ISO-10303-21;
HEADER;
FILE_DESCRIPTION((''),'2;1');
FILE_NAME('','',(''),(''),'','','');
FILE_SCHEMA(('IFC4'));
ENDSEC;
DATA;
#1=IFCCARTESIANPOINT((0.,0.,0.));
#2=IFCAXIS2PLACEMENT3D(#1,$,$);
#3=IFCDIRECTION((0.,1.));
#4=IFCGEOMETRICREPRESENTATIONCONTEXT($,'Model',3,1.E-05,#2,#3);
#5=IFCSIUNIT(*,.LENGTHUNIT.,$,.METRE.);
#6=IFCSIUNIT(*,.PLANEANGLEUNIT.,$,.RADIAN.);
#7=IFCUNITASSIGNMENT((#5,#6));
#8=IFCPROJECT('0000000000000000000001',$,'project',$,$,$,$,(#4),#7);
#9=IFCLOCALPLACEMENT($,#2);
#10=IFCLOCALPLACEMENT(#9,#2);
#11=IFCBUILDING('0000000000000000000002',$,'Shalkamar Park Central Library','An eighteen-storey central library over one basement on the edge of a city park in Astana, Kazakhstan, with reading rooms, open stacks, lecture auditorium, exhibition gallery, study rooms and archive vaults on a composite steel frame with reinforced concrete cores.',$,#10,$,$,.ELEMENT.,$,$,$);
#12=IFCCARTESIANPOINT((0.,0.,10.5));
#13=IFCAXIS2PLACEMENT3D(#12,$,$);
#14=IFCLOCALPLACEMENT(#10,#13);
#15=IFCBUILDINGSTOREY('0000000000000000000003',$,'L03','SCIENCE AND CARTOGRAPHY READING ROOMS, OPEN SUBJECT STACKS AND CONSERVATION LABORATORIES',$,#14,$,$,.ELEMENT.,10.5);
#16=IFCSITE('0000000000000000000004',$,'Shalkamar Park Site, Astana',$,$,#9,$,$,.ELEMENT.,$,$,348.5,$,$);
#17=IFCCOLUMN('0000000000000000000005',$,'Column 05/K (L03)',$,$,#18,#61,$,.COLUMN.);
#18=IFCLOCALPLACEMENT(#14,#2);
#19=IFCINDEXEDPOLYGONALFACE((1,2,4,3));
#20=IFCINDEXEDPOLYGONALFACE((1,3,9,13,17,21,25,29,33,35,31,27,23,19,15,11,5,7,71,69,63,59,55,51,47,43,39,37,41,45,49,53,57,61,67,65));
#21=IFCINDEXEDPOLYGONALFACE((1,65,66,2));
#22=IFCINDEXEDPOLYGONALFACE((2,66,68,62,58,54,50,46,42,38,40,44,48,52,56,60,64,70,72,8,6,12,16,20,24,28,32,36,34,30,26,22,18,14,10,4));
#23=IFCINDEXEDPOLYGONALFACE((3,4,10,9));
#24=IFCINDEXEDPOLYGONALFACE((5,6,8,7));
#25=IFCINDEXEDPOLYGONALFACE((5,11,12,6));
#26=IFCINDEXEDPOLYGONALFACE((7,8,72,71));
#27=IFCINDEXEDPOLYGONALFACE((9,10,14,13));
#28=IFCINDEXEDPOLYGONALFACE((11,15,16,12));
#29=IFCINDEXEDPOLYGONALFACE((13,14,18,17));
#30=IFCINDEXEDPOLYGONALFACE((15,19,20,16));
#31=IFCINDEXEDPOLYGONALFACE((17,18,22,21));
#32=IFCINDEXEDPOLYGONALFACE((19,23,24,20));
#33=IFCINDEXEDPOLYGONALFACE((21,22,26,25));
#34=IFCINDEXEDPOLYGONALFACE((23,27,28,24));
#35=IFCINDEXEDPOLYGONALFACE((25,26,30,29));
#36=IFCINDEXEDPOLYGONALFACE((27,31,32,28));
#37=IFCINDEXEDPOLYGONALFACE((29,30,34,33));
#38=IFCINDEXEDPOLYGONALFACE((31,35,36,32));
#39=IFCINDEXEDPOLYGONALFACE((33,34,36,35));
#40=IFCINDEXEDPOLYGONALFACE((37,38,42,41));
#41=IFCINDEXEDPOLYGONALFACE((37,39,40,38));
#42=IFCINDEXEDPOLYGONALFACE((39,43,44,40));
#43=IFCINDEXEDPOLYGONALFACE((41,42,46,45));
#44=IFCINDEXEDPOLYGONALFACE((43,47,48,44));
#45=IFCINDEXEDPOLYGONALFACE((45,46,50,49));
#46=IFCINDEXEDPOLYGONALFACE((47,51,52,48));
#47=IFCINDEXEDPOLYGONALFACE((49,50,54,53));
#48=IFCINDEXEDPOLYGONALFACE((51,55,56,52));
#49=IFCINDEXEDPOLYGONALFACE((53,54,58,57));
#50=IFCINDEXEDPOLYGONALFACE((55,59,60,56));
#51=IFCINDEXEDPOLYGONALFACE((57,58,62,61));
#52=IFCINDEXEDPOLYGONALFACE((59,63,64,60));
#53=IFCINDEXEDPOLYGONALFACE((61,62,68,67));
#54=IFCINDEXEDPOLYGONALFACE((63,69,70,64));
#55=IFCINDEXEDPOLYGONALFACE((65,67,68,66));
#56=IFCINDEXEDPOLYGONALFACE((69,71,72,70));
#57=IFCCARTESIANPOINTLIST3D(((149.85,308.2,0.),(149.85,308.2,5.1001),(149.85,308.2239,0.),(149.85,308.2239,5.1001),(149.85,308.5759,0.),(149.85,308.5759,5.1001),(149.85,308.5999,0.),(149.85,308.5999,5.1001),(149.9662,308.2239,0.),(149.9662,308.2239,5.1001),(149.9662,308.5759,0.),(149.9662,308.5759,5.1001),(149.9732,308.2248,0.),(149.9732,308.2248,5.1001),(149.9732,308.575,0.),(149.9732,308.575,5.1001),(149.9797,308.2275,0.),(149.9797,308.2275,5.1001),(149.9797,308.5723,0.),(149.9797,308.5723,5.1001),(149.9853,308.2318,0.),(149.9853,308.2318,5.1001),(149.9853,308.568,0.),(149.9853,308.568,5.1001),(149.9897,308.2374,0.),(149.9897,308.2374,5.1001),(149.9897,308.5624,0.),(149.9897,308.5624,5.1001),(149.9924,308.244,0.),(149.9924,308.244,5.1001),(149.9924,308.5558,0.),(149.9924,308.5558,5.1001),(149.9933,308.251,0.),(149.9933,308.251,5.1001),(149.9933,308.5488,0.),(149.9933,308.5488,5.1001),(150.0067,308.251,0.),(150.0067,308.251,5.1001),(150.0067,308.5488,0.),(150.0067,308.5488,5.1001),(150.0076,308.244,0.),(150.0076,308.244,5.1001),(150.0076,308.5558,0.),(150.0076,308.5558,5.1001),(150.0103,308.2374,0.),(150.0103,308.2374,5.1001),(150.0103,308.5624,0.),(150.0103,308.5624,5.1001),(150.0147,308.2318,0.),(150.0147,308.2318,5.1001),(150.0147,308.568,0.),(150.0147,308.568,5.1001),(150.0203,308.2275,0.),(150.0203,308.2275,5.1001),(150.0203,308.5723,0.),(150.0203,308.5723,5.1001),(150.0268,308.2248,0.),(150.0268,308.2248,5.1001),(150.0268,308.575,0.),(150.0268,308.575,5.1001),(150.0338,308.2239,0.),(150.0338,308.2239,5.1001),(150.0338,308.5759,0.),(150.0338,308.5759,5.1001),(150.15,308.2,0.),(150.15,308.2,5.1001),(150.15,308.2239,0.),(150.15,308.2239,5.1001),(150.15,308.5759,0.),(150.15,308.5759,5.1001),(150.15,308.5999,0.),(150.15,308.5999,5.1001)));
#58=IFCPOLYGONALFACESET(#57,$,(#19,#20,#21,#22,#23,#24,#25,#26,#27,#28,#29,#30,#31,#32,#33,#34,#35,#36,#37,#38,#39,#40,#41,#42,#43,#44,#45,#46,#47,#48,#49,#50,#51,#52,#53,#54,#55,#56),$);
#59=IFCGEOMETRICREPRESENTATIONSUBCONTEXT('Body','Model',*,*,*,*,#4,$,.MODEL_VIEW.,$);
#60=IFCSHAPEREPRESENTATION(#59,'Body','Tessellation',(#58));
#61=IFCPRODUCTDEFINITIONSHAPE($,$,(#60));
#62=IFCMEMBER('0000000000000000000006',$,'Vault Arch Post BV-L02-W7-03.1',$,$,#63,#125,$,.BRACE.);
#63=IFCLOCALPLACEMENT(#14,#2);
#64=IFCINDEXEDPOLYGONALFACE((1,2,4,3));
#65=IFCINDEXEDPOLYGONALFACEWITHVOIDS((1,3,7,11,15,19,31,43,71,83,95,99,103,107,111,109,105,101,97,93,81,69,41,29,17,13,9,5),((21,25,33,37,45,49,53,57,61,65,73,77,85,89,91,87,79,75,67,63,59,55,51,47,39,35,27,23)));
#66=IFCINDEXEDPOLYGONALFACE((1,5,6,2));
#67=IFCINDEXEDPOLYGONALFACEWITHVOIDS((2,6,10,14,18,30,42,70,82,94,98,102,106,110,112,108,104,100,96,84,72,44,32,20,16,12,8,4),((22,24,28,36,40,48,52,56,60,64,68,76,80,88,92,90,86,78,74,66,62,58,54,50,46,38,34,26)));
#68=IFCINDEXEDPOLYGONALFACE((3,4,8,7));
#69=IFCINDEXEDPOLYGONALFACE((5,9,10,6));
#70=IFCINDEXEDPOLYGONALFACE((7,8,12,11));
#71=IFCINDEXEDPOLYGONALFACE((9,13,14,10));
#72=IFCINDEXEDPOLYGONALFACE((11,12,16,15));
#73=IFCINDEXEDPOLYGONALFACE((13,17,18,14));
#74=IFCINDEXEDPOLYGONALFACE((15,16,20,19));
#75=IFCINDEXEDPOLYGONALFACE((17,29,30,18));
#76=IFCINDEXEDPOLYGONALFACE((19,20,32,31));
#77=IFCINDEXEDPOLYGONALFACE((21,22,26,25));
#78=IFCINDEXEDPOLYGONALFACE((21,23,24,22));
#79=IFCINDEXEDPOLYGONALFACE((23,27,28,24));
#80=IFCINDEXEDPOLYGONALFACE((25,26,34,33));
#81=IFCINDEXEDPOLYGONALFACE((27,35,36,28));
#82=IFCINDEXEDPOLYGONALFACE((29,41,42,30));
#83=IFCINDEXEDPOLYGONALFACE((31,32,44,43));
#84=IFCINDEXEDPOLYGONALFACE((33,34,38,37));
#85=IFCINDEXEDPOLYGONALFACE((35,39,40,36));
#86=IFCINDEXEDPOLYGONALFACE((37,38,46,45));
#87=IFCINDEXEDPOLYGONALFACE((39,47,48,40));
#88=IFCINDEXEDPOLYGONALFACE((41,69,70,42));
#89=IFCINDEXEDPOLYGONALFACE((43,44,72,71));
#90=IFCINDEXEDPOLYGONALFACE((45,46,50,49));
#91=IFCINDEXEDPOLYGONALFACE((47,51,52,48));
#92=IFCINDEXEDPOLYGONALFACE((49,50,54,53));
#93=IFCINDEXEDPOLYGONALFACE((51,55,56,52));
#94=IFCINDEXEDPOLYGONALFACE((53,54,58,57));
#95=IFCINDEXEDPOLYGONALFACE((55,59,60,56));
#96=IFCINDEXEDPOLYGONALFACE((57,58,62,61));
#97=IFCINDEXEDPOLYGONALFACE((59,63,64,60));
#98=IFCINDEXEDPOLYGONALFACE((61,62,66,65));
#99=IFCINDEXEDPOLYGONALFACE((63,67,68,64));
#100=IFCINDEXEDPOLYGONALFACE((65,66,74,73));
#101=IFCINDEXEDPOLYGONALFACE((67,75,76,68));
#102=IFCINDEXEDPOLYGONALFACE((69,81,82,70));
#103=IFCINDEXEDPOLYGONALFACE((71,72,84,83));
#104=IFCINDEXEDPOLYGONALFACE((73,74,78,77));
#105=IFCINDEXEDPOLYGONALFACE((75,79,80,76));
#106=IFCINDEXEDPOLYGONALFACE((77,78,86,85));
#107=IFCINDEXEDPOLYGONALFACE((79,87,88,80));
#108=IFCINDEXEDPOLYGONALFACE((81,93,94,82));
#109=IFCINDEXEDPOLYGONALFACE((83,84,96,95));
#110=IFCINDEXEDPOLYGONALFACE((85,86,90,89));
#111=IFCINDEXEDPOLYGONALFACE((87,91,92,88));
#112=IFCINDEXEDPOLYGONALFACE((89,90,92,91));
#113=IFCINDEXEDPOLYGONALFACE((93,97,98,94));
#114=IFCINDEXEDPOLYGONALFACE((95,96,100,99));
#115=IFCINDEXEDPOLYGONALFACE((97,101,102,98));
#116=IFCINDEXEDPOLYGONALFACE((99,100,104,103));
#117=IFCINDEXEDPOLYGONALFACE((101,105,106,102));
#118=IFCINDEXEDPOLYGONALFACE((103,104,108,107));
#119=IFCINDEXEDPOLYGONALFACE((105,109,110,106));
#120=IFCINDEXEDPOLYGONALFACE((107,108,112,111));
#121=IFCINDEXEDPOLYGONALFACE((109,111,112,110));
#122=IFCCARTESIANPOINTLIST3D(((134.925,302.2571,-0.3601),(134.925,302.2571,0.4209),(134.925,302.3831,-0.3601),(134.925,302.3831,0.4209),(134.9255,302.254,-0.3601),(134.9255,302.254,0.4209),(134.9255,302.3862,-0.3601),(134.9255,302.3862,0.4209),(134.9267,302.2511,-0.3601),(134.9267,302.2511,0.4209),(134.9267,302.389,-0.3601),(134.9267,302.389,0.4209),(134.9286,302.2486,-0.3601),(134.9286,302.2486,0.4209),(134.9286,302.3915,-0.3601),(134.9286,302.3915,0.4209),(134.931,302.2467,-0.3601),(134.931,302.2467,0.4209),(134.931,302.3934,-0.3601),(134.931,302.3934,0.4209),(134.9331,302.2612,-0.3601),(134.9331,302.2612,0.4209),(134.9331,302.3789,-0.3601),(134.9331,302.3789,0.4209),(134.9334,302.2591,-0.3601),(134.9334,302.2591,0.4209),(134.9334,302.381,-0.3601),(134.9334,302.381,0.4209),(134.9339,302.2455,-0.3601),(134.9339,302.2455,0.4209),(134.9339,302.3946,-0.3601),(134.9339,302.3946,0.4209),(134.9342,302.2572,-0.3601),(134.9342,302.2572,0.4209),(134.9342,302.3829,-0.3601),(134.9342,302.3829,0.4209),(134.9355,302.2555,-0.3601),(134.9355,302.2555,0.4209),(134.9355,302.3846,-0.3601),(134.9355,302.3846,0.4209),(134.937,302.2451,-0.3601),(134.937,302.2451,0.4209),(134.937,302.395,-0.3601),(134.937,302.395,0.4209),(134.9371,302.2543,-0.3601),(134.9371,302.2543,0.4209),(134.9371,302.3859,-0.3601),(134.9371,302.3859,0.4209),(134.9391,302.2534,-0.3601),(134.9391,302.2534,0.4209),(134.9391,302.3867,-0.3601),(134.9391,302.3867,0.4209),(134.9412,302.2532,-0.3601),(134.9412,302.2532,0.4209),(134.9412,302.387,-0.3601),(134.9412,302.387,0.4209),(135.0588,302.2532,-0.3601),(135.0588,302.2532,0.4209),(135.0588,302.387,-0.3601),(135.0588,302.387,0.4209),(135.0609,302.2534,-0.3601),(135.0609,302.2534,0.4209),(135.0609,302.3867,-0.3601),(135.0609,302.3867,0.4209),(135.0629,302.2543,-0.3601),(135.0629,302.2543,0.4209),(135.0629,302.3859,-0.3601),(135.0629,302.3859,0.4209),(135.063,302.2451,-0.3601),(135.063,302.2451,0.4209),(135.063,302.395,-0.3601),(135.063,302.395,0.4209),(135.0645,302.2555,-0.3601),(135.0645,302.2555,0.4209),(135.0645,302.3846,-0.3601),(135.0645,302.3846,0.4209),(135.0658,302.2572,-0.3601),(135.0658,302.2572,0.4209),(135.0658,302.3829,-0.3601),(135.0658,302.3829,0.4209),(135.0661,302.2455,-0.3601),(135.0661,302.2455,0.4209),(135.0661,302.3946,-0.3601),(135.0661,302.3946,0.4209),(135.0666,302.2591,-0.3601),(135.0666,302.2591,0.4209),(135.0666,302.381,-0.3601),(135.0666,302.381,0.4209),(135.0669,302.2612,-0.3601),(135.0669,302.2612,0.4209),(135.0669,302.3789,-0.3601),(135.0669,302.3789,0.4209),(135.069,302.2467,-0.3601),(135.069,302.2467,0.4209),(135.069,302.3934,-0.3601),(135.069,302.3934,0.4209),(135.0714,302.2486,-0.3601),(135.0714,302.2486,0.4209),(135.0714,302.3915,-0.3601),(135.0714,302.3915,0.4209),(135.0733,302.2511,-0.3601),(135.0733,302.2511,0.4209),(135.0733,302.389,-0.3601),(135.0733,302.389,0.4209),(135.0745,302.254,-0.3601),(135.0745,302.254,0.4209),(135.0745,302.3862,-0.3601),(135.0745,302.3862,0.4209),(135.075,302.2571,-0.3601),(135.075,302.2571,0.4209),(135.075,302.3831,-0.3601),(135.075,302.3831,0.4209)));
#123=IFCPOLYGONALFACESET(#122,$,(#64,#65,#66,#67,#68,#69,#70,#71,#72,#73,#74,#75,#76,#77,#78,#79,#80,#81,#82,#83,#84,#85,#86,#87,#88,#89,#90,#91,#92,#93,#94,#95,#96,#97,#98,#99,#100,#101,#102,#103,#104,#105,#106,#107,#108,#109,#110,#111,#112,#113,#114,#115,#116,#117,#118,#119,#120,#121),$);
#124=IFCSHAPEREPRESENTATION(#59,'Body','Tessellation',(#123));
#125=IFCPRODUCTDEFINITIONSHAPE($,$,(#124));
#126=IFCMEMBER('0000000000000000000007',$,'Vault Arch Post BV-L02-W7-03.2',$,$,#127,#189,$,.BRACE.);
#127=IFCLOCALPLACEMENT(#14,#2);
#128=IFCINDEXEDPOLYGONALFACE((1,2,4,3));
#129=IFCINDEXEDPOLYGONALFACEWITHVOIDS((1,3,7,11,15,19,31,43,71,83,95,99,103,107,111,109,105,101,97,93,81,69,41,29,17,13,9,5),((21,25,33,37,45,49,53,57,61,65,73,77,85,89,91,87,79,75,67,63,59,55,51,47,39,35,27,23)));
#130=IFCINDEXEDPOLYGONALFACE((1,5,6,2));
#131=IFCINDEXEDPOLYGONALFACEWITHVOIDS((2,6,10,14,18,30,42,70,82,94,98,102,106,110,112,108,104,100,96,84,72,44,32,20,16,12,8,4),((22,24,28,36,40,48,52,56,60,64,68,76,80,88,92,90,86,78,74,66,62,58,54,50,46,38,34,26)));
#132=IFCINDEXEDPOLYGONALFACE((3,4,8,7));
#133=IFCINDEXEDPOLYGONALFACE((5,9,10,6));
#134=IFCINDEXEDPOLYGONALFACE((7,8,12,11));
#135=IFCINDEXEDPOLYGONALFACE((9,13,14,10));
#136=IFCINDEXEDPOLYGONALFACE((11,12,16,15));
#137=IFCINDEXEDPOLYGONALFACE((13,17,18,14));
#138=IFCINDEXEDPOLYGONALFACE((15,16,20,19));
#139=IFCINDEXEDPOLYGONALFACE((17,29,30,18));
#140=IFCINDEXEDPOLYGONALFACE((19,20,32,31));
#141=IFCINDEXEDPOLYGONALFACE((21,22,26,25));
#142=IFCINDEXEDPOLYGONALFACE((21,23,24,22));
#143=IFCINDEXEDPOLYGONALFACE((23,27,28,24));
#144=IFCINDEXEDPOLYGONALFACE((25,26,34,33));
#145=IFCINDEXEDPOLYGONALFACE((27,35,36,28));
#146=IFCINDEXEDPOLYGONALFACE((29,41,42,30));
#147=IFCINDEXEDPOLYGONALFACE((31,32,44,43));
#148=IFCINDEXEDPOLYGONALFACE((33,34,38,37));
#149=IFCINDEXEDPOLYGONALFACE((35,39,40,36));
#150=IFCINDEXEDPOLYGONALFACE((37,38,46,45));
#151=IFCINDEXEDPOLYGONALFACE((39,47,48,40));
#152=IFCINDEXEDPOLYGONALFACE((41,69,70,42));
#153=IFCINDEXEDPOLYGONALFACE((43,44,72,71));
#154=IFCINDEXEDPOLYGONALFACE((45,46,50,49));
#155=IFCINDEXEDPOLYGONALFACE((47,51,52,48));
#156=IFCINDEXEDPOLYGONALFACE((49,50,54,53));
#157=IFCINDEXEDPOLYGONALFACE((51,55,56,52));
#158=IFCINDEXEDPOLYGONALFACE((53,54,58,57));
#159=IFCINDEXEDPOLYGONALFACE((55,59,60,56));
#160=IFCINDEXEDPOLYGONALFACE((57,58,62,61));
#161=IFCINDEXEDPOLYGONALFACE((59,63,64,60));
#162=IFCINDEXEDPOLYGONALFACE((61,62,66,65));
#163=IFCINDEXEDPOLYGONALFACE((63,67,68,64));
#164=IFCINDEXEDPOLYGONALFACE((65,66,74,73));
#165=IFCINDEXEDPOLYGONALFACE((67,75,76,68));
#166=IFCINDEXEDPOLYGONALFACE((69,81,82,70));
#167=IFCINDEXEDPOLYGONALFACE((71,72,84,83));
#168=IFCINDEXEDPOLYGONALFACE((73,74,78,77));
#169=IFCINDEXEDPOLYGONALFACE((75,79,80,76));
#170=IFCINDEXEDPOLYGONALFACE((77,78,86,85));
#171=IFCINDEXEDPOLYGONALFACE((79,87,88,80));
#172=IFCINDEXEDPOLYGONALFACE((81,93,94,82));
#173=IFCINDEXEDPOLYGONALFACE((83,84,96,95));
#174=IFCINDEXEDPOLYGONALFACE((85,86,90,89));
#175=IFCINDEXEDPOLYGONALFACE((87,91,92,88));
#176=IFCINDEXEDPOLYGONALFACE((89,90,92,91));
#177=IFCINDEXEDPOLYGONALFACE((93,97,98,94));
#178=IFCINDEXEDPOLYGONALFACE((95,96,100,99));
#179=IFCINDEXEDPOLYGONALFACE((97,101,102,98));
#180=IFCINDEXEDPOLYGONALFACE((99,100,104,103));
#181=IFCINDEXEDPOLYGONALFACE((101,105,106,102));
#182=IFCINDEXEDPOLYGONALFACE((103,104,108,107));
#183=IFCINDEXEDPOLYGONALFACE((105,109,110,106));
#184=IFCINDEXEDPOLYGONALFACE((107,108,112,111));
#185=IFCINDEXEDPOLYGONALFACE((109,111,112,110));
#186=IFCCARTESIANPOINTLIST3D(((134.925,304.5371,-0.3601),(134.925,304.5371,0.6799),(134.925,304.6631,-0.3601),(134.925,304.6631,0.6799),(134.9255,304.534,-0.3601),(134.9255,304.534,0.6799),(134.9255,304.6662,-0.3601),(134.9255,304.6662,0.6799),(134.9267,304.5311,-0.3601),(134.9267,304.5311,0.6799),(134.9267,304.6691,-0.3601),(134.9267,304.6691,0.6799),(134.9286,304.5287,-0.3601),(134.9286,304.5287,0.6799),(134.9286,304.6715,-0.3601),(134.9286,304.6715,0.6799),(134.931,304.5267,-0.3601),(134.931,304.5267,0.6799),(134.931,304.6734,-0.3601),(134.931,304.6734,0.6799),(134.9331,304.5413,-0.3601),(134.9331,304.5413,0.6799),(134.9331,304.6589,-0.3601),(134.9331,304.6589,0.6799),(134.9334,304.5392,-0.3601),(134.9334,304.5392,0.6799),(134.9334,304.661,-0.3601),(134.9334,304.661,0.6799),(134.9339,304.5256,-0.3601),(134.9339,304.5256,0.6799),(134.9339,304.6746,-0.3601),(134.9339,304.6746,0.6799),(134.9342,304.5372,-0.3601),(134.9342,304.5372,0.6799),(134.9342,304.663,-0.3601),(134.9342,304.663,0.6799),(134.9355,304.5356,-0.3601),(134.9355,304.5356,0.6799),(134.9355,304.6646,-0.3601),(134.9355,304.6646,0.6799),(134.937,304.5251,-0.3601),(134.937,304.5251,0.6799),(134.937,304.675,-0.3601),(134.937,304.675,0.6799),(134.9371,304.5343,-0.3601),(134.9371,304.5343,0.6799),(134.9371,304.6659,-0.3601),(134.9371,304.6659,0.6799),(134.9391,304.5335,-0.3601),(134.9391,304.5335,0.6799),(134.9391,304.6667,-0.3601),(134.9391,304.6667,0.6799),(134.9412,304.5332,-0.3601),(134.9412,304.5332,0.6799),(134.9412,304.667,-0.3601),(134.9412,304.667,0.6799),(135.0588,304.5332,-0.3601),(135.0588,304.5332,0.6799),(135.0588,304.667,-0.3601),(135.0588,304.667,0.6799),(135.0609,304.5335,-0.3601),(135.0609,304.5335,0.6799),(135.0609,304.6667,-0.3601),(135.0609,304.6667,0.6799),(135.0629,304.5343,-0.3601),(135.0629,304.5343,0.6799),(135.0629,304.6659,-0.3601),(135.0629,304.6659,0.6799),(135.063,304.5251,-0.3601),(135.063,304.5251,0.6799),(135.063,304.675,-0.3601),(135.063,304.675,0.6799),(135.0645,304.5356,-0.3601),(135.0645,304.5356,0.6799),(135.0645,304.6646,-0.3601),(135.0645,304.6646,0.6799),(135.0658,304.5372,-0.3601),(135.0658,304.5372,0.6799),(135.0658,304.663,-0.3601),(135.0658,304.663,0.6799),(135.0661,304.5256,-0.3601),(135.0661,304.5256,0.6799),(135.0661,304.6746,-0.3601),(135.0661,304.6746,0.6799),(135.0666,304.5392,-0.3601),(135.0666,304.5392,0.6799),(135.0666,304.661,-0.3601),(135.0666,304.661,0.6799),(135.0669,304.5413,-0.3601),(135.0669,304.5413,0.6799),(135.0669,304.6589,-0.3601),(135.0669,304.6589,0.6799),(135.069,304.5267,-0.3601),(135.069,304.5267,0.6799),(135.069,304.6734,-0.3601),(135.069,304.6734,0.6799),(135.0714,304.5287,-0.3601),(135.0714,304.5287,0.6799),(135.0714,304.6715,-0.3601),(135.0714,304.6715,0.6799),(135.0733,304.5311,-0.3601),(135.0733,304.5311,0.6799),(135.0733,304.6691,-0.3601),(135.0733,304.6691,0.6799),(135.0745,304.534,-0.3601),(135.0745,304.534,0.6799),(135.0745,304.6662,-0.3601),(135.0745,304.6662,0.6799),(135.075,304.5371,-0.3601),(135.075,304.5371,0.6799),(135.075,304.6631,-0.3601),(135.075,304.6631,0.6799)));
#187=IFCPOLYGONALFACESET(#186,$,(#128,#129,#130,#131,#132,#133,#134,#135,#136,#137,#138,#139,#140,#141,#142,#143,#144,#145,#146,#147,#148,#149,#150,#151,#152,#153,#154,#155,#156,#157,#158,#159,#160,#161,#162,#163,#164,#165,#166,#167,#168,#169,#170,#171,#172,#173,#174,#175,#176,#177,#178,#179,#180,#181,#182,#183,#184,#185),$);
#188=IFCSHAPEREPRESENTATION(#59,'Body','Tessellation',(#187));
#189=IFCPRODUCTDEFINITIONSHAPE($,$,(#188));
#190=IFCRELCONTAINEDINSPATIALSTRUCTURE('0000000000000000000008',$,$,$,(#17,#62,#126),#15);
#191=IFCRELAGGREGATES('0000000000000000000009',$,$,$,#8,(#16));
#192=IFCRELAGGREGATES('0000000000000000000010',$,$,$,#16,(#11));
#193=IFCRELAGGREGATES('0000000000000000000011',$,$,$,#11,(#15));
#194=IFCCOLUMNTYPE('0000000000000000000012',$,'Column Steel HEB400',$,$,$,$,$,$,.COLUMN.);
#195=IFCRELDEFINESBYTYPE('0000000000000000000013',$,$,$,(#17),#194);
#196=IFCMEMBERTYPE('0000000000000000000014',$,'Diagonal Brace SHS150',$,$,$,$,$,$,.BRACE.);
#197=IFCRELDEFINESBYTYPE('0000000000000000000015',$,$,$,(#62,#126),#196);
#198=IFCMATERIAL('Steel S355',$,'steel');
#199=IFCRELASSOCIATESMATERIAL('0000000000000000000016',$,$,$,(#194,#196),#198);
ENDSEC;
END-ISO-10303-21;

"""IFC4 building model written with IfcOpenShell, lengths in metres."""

from ifc_helpers import new_model, si_unit, direction, frame, origin, origin_2d, place, context, subcontext, project, spatial, hollow_rectangle, i_section, extrude, material, material_profile, profile_set, type_object, element, save


model = new_model("IFC4")

# Units and contexts
model_context = context("Model", 3, precision=1e-05, world=origin(), true_north=direction((0.0, 1.0)))
body_context = subcontext(model_context, "Body", "Model", "MODEL_VIEW")
ifc_project = project(units=[si_unit("LENGTHUNIT", "METRE"), si_unit("PLANEANGLEUNIT", "RADIAN")], contexts=[model_context])

# Site, building, storey
site_placement = place(None, origin())
site = spatial("IfcSite", under=ifc_project, at=site_placement, Name="Shalkamar Park Site, Astana", CompositionType="ELEMENT", RefElevation=348.5)
building_placement = place(site_placement, origin())
building = spatial("IfcBuilding", under=site, at=building_placement, Name="Shalkamar Park Central Library", Description="An eighteen-storey central library over one basement on the edge of a city park in Astana, Kazakhstan, with reading rooms, open stacks, lecture auditorium, exhibition gallery, study rooms and archive vaults on a composite steel frame with reinforced concrete cores.", CompositionType="ELEMENT")
storey_placement = place(building_placement, frame((0.0, 0.0, 10.5)))
storey = spatial("IfcBuildingStorey", under=building, at=storey_placement, Name="L03", Description="SCIENCE AND CARTOGRAPHY READING ROOMS, OPEN SUBJECT STACKS AND CONSERVATION LABORATORIES", CompositionType="ELEMENT", Elevation=10.5)

# Column
ifc_material_1 = material(Name="Steel S355", Category="steel")
ifc_material_profile_1 = material_profile(ifc_material_1, i_section(OverallWidth=0.3, OverallDepth=0.3999, WebThickness=0.0134, FlangeThickness=0.0239, FilletRadius=0.0271, at=origin_2d()), Name="HEB 400")
ifc_profile_set_1 = profile_set([ifc_material_profile_1], Name="Steel S355")
column_type = type_object("IfcColumnType", Name="Column Steel HEB400", PredefinedType="COLUMN", material=ifc_profile_set_1)
column_placement = place(storey_placement, frame((150.0, 308.3999, 0.0), z_axis=(0.0, 0.0, 1.0), x_axis=(1.0, 0.0, 0.0)))
element("IfcColumn", 1, at=column_placement, inside=storey, type_object=column_type, Name="Column 05/K (L03)", PredefinedType="COLUMN", context=body_context, shape_type="SweptSolid", body=[
    extrude(i_section(OverallWidth=0.3, OverallDepth=0.3999, WebThickness=0.0134, FlangeThickness=0.0239, FilletRadius=0.0271, at=origin_2d()), origin(), (0.0, 0.0, 1.0), 5.1001),
])

# Members
ifc_material_profile_2 = material_profile(ifc_material_1, hollow_rectangle(XDim=0.1499, YDim=0.1499, WallThickness=0.0081, InnerFilletRadius=0.0081, OuterFilletRadius=0.012, at=origin_2d()), Name="SHS 150x150x8")
ifc_profile_set_2 = profile_set([ifc_material_profile_2], Name="Steel S355")
member_type_1 = type_object("IfcMemberType", Name="Diagonal Brace SHS150", PredefinedType="BRACE", material=ifc_profile_set_2)
member_1_placement = place(storey_placement, frame((135.0, 302.3201, -0.3601), z_axis=(0.0, 0.0, 1.0), x_axis=(1.0, 0.0, 0.0)))
element("IfcMember", 2, at=member_1_placement, inside=storey, type_object=member_type_1, Name="Vault Arch Post BV-L02-W7-03.1", PredefinedType="BRACE", context=body_context, shape_type="SweptSolid", body=[
    extrude(hollow_rectangle(XDim=0.1499, YDim=0.1499, WallThickness=0.0081, InnerFilletRadius=0.0081, OuterFilletRadius=0.012, at=origin_2d()), origin(), (0.0, 0.0, 1.0), 0.781),
])
member_2_placement = place(storey_placement, frame((135.0, 304.6001, -0.3601), z_axis=(0.0, 0.0, 1.0), x_axis=(1.0, 0.0, 0.0)))
element("IfcMember", 3, at=member_2_placement, inside=storey, type_object=member_type_1, Name="Vault Arch Post BV-L02-W7-03.2", PredefinedType="BRACE", context=body_context, shape_type="SweptSolid", body=[
    extrude(hollow_rectangle(XDim=0.1499, YDim=0.1499, WallThickness=0.0081, InnerFilletRadius=0.0081, OuterFilletRadius=0.012, at=origin_2d()), origin(), (0.0, 0.0, 1.0), 1.04),
])

save(model, "model.ifc")
